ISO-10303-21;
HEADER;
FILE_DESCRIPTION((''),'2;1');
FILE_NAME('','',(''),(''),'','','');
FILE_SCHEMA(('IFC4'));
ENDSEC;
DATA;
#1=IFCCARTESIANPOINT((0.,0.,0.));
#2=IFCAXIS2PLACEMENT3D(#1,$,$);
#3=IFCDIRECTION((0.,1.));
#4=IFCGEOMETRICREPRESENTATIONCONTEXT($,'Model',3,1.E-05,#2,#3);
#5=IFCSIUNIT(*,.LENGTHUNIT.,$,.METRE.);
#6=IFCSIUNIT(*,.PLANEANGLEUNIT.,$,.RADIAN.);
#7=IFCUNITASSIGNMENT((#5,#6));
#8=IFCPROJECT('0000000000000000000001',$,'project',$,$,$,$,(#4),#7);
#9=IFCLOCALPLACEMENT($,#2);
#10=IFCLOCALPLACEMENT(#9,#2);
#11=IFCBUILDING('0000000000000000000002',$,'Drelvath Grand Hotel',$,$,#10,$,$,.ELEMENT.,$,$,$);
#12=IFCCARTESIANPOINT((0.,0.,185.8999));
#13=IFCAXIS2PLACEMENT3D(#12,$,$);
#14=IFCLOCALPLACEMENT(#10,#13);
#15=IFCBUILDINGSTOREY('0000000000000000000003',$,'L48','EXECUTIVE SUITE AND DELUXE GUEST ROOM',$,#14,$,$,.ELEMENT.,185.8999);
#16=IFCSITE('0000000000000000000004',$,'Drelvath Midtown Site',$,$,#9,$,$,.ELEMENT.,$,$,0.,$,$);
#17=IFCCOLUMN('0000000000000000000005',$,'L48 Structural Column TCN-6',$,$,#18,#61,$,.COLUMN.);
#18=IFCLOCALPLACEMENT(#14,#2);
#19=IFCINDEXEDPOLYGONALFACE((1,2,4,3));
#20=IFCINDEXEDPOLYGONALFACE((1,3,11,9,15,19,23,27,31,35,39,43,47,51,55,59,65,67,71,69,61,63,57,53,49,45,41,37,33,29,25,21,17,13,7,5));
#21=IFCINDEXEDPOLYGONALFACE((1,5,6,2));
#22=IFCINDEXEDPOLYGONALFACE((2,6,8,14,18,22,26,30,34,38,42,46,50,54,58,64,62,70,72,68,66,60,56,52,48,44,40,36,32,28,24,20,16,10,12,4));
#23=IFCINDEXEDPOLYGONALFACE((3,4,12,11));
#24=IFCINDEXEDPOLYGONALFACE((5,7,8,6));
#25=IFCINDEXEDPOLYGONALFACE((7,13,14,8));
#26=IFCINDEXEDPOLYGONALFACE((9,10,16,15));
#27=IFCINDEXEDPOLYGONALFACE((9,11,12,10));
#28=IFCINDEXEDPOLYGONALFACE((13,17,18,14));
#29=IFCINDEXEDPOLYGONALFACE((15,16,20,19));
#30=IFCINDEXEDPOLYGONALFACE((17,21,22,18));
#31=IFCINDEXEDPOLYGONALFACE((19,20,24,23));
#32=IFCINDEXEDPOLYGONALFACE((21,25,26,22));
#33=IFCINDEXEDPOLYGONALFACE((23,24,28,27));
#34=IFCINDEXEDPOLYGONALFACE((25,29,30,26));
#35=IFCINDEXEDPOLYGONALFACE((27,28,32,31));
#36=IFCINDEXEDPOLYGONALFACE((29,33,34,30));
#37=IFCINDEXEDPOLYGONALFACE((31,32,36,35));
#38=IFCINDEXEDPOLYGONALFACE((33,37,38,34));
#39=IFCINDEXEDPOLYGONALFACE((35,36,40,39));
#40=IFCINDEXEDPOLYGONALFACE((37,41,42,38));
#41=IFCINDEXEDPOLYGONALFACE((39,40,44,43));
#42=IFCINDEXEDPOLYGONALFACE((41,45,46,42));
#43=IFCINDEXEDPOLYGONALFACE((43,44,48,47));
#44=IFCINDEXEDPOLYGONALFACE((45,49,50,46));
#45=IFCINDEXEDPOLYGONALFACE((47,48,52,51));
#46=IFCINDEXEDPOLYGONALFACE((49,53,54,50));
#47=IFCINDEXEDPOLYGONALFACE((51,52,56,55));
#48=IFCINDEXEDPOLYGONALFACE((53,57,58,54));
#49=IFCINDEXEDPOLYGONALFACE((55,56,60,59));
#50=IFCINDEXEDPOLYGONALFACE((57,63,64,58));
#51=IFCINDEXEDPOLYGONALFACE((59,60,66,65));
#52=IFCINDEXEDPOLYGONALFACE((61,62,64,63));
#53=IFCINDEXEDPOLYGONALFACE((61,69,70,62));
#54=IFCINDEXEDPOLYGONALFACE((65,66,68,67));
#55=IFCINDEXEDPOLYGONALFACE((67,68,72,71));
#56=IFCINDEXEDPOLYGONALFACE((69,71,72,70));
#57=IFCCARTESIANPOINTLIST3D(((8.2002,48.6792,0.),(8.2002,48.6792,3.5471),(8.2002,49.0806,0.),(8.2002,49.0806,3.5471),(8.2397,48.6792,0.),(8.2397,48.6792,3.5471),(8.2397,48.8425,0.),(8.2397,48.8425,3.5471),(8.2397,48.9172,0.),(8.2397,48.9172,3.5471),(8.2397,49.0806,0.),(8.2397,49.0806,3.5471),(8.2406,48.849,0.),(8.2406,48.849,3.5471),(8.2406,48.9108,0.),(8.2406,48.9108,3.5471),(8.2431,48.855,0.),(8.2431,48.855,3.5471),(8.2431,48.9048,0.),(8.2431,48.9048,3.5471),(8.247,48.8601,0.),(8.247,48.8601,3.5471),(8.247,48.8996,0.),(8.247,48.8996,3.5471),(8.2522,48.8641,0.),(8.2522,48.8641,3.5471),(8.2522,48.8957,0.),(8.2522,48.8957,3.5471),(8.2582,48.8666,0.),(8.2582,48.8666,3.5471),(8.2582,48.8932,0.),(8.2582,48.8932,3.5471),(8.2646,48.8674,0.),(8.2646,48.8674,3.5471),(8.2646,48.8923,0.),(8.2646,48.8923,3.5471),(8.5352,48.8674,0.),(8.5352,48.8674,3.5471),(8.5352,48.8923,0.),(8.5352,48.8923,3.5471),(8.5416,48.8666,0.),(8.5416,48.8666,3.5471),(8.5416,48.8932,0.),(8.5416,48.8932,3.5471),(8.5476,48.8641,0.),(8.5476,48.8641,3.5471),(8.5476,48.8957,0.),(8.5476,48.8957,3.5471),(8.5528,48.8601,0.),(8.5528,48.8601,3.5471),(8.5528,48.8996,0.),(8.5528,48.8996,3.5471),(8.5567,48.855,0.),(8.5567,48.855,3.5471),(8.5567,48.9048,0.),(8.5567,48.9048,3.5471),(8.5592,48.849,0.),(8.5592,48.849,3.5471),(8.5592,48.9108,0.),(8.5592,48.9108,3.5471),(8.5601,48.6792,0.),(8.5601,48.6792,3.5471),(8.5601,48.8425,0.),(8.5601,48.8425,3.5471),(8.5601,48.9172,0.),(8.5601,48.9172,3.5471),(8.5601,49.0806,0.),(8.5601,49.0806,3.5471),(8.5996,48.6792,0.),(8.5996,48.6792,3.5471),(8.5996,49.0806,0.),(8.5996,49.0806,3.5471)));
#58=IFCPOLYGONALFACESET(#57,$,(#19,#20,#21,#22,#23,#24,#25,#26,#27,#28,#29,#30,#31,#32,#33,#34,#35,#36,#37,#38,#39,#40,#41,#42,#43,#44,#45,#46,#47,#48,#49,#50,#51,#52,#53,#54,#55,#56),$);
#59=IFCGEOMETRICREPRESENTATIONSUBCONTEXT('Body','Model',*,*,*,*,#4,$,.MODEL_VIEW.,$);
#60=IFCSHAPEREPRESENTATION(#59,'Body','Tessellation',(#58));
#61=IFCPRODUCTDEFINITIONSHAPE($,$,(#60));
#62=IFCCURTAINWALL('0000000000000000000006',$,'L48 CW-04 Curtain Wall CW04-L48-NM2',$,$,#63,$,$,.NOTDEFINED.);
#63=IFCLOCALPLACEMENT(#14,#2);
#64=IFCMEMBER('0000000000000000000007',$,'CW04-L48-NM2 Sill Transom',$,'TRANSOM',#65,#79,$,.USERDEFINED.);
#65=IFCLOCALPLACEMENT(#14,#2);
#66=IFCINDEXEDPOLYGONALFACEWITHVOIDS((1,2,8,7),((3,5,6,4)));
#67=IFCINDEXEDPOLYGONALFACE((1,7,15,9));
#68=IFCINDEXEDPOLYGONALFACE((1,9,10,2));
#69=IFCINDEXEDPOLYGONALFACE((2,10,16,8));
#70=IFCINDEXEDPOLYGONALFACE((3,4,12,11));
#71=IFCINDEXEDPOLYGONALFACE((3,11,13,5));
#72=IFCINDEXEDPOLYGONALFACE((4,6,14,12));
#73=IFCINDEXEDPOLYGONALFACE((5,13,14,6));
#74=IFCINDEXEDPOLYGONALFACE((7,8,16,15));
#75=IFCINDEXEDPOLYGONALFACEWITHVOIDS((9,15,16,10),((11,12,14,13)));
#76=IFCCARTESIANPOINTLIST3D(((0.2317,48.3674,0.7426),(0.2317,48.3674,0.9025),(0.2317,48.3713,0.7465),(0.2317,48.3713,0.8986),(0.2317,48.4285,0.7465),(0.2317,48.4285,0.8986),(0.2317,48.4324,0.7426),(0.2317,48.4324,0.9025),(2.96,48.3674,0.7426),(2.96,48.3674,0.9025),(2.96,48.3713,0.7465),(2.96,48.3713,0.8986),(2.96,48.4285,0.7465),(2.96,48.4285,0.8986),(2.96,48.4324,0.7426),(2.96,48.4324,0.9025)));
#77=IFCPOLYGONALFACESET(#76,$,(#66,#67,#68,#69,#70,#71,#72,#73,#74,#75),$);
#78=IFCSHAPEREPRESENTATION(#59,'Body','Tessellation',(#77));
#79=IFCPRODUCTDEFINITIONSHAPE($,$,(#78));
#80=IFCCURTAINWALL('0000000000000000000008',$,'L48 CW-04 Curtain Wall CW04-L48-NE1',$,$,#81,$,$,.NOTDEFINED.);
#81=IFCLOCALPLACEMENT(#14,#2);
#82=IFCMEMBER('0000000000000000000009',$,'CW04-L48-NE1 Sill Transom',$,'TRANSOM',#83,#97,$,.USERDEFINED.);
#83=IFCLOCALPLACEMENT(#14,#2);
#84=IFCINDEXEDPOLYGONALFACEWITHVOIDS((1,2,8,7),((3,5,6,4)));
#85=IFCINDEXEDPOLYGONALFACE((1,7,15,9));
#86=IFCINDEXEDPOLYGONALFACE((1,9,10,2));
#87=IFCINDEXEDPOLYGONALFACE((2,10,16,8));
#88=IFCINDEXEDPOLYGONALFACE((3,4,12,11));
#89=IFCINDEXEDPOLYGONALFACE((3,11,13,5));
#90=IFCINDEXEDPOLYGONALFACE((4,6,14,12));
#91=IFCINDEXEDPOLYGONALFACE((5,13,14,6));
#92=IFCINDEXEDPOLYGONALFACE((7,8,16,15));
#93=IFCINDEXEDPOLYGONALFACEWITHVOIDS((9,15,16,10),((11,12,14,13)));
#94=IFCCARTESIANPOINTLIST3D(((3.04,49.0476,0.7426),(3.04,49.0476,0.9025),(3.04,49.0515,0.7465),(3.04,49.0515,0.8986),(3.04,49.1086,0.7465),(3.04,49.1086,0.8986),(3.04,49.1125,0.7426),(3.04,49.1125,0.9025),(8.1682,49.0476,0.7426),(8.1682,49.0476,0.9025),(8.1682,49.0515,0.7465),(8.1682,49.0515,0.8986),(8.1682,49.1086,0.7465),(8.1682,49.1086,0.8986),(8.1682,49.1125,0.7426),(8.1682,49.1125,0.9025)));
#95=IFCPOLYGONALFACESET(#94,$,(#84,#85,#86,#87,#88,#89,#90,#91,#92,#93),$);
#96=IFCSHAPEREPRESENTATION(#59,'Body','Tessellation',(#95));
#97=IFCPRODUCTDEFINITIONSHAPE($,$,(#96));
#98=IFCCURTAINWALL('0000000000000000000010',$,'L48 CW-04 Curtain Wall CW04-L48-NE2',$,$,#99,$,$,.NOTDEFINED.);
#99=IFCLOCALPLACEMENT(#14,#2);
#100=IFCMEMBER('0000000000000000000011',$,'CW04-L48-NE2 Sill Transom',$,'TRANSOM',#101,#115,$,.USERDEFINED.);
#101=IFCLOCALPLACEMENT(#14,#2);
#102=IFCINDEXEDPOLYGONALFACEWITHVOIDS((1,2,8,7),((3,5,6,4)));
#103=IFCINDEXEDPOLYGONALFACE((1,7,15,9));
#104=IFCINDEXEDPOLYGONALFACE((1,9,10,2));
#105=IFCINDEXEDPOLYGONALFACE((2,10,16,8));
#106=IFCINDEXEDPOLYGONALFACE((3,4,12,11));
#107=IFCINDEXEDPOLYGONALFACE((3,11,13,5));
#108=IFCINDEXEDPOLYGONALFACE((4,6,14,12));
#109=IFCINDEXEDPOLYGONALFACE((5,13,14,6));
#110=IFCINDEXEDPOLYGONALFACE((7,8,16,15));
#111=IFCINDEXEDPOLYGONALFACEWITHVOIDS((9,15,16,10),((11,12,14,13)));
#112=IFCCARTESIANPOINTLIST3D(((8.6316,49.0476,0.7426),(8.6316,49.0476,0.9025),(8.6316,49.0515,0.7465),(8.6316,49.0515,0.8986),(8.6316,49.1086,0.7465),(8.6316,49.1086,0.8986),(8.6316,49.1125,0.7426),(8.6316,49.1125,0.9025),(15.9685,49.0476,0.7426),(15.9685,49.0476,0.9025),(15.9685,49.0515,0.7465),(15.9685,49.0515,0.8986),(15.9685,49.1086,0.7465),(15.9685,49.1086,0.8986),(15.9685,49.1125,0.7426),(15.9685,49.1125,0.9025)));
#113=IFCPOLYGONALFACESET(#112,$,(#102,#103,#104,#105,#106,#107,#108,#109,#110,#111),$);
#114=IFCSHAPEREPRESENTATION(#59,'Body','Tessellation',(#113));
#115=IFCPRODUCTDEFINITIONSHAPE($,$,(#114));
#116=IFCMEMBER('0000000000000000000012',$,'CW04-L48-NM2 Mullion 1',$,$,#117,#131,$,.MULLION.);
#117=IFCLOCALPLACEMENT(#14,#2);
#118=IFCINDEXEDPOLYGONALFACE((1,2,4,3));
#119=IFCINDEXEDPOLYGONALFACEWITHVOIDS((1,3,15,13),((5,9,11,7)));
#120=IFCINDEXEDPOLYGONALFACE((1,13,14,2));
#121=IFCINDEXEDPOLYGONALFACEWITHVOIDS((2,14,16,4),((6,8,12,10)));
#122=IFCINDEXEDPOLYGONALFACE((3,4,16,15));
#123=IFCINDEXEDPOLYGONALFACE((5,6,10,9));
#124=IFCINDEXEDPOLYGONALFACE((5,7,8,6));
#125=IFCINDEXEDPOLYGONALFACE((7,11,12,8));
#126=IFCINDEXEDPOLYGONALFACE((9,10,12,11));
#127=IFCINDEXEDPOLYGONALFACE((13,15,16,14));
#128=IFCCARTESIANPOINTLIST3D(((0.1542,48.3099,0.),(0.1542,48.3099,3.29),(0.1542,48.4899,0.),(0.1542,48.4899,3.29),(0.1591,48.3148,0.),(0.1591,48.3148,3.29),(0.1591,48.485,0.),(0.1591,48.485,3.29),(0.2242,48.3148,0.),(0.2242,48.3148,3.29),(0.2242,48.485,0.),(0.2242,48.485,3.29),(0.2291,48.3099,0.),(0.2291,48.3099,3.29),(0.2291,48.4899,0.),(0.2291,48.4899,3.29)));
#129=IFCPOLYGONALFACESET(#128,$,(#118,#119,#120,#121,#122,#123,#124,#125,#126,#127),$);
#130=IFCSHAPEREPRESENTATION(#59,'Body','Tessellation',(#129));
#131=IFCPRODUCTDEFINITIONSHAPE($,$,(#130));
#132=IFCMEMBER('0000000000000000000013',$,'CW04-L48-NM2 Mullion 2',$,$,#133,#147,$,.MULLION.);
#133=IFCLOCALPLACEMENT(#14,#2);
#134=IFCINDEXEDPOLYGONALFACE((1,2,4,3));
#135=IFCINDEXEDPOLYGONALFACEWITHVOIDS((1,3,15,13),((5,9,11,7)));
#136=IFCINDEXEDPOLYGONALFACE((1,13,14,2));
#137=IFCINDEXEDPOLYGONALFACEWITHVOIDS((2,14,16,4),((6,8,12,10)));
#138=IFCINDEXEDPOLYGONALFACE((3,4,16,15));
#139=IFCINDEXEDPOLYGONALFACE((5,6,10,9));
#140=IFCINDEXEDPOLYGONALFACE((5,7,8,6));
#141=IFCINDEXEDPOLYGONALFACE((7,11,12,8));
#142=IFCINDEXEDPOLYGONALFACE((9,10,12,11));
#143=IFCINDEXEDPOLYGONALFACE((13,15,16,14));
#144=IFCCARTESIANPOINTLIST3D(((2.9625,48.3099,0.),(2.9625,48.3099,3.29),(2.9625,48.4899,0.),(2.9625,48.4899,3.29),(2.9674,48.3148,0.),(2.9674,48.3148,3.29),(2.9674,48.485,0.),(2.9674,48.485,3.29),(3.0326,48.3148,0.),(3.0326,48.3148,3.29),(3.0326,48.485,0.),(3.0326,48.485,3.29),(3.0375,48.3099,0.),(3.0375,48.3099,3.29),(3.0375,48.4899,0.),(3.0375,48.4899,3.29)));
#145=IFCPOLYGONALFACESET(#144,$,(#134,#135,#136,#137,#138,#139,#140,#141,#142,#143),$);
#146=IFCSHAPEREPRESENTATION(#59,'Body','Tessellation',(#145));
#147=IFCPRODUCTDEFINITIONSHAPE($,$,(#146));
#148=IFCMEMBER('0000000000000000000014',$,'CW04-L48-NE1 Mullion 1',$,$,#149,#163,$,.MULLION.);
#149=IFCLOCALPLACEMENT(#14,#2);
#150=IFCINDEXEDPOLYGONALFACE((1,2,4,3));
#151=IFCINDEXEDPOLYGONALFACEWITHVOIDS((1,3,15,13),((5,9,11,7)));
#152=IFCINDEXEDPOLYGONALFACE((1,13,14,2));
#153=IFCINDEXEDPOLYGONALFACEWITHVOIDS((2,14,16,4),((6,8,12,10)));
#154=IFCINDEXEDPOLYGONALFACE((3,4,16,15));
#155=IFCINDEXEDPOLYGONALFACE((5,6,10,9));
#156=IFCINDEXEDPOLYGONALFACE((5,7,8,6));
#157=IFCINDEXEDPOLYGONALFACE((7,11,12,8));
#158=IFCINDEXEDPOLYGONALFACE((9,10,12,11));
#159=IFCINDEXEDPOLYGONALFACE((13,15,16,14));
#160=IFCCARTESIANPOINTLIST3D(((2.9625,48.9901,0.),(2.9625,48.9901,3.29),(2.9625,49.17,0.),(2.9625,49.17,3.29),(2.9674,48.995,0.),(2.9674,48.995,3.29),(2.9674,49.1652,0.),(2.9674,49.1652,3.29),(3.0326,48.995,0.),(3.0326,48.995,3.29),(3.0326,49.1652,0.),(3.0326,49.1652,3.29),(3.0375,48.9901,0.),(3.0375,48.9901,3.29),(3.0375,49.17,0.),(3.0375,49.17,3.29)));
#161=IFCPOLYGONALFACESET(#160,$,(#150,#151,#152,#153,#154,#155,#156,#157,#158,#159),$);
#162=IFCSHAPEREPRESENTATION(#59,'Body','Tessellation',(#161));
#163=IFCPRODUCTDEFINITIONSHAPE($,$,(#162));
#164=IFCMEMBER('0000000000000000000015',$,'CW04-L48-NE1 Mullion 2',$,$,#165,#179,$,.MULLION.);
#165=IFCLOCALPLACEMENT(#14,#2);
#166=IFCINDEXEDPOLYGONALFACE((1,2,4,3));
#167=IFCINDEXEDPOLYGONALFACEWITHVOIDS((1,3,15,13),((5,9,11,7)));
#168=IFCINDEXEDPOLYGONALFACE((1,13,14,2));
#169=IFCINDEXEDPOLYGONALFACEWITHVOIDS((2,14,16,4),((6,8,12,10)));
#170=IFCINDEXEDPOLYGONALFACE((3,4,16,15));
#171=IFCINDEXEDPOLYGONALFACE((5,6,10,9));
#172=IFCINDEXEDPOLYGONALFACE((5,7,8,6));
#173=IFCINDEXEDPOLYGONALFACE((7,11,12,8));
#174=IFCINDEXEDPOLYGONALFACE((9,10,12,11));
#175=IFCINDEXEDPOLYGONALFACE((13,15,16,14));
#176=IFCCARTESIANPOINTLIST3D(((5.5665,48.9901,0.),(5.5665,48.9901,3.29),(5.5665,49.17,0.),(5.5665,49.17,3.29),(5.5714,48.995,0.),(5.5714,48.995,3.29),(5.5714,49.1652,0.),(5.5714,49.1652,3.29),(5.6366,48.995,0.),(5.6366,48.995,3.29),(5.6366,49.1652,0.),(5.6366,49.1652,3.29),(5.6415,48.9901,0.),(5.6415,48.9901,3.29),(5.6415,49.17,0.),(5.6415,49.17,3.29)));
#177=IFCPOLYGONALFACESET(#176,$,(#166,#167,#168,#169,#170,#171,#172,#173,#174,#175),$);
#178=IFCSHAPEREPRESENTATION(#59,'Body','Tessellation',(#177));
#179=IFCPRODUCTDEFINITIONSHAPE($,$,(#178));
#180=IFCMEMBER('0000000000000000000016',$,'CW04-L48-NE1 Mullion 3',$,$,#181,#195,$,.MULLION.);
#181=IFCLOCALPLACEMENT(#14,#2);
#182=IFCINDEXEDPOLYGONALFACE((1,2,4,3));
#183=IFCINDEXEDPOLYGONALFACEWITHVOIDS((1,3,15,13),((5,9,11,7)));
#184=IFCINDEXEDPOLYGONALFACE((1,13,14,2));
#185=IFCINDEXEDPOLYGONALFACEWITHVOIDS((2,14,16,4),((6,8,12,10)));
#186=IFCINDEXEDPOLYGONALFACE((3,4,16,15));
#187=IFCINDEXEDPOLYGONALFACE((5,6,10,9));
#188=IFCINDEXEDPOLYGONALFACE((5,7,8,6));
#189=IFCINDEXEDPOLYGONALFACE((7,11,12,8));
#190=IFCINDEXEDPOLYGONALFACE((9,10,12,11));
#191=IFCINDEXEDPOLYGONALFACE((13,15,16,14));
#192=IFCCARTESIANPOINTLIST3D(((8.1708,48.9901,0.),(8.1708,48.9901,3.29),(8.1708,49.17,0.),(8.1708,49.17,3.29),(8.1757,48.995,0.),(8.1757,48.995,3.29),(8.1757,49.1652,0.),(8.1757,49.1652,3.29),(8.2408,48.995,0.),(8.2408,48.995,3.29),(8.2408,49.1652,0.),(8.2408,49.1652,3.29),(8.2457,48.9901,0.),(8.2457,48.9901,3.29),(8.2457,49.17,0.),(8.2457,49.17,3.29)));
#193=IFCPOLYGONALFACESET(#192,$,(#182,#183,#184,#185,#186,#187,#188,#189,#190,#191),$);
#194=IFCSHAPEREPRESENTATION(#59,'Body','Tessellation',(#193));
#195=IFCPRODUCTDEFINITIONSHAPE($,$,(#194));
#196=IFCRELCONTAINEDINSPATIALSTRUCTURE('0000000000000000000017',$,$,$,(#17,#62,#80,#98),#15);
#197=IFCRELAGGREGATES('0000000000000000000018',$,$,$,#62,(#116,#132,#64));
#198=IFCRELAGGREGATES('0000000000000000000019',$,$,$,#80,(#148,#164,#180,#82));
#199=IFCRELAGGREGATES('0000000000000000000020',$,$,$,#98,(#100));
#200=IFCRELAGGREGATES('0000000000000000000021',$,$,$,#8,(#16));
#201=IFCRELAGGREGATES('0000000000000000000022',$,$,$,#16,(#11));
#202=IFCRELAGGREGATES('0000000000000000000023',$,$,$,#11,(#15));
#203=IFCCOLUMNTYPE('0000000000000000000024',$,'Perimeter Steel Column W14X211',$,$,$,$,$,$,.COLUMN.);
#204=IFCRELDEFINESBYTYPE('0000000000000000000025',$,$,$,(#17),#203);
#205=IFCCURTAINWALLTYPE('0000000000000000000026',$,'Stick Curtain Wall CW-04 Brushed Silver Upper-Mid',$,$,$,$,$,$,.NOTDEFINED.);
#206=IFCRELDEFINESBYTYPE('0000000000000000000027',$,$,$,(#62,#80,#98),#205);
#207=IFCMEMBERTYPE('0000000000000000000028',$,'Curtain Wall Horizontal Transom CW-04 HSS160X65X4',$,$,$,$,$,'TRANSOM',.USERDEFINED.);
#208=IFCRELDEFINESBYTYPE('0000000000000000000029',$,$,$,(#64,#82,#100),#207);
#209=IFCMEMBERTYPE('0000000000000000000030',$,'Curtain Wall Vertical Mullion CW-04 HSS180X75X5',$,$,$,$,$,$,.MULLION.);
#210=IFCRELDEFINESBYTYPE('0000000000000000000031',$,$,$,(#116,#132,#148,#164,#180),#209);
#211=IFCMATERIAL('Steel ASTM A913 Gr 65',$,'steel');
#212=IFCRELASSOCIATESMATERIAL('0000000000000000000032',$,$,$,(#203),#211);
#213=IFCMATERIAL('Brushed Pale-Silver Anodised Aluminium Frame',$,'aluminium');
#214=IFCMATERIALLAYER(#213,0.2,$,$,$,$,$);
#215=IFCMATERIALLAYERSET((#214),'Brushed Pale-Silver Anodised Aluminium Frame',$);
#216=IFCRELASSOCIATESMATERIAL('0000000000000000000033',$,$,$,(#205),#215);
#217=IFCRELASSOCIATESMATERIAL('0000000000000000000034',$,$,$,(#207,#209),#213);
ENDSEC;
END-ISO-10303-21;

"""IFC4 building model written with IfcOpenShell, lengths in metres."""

from ifc_helpers import new_model, si_unit, direction, frame, origin, origin_2d, place, context, subcontext, project, spatial, hollow_rectangle, i_section, extrude, material, layer, layer_set, material_profile, profile_set, type_object, element, aggregate, save


model = new_model("IFC4")

# Units and contexts
model_context = context("Model", 3, precision=1e-05, world=origin(), true_north=direction((0.0, 1.0)))
body_context = subcontext(model_context, "Body", "Model", "MODEL_VIEW")
ifc_project = project(units=[si_unit("LENGTHUNIT", "METRE"), si_unit("PLANEANGLEUNIT", "RADIAN")], contexts=[model_context])

# Site, building, storey
site_placement = place(None, origin())
site = spatial("IfcSite", under=ifc_project, at=site_placement, Name="Drelvath Midtown Site", CompositionType="ELEMENT", RefElevation=0.0)
building_placement = place(site_placement, origin())
building = spatial("IfcBuilding", under=site, at=building_placement, Name="Drelvath Grand Hotel", CompositionType="ELEMENT")
storey_placement = place(building_placement, frame((0.0, 0.0, 185.8999)))
storey = spatial("IfcBuildingStorey", under=building, at=storey_placement, Name="L48", Description="EXECUTIVE SUITE AND DELUXE GUEST ROOM", CompositionType="ELEMENT", Elevation=185.8999)

# Column
ifc_material_1 = material(Name="Steel ASTM A913 Gr 65", Category="steel")
ifc_material_profile_1 = material_profile(ifc_material_1, i_section(OverallWidth=0.4014, OverallDepth=0.3994, WebThickness=0.0249, FlangeThickness=0.0396, FilletRadius=0.0249, at=origin_2d()), Name="W14X211")
ifc_profile_set_1 = profile_set([ifc_material_profile_1], Name="Steel ASTM A913 Gr 65")
column_type = type_object("IfcColumnType", Name="Perimeter Steel Column W14X211", PredefinedType="COLUMN", material=ifc_profile_set_1)
column_placement = place(storey_placement, frame((8.3999, 48.8799, 0.0), z_axis=(0.0, 0.0, 1.0), x_axis=(0.0, 1.0, 0.0)))
element("IfcColumn", 1, at=column_placement, inside=storey, type_object=column_type, Name="L48 Structural Column TCN-6", PredefinedType="COLUMN", context=body_context, shape_type="SweptSolid", body=[
    extrude(i_section(OverallWidth=0.4014, OverallDepth=0.3994, WebThickness=0.0249, FlangeThickness=0.0396, FilletRadius=0.0249, at=origin_2d()), origin(), (0.0, 0.0, 1.0), 3.5471),
])

# Curtain walls, members
ifc_material_2 = material(Name="Brushed Pale-Silver Anodised Aluminium Frame", Category="aluminium")
ifc_layer_1 = layer(ifc_material_2, 0.2)
ifc_layer_set_1 = layer_set([ifc_layer_1], Name="Brushed Pale-Silver Anodised Aluminium Frame")
curtain_wall_type = type_object("IfcCurtainWallType", Name="Stick Curtain Wall CW-04 Brushed Silver Upper-Mid", PredefinedType="NOTDEFINED", material=ifc_layer_set_1)
curtain_wall_1_placement = place(storey_placement, origin())
curtain_wall_1 = element("IfcCurtainWall", 2, at=curtain_wall_1_placement, inside=storey, type_object=curtain_wall_type, Name="L48 CW-04 Curtain Wall CW04-L48-NM2", PredefinedType="NOTDEFINED")
ifc_material_profile_2 = material_profile(ifc_material_2, hollow_rectangle(XDim=0.0649, YDim=0.1599, WallThickness=0.0039, at=origin_2d()), Name="HSS160X65X4")
ifc_profile_set_2 = profile_set([ifc_material_profile_2], Name="Brushed Pale-Silver Anodised Aluminium Frame")
member_type_1 = type_object("IfcMemberType", Name="Curtain Wall Horizontal Transom CW-04 HSS160X65X4", ElementType="TRANSOM", PredefinedType="USERDEFINED", material=ifc_profile_set_2)
member_1_placement = place(storey_placement, frame((0.2317, 48.3999, 0.8225), z_axis=(1.0, 0.0, 0.0), x_axis=(0.0, 1.0, 0.0)))
member_1 = element("IfcMember", 3, at=member_1_placement, type_object=member_type_1, Name="CW04-L48-NM2 Sill Transom", ObjectType="TRANSOM", PredefinedType="USERDEFINED", context=body_context, shape_type="SweptSolid", body=[
    extrude(hollow_rectangle(XDim=0.0649, YDim=0.1599, WallThickness=0.0039, at=origin_2d()), origin(), (0.0, 0.0, 1.0), 2.7283),
])
curtain_wall_2_placement = place(storey_placement, origin())
curtain_wall_2 = element("IfcCurtainWall", 4, at=curtain_wall_2_placement, inside=storey, type_object=curtain_wall_type, Name="L48 CW-04 Curtain Wall CW04-L48-NE1", PredefinedType="NOTDEFINED")
member_2_placement = place(storey_placement, frame((3.04, 49.0801, 0.8225), z_axis=(1.0, 0.0, 0.0), x_axis=(0.0, 1.0, 0.0)))
member_2 = element("IfcMember", 5, at=member_2_placement, type_object=member_type_1, Name="CW04-L48-NE1 Sill Transom", ObjectType="TRANSOM", PredefinedType="USERDEFINED", context=body_context, shape_type="SweptSolid", body=[
    extrude(hollow_rectangle(XDim=0.0649, YDim=0.1599, WallThickness=0.0039, at=origin_2d()), origin(), (0.0, 0.0, 1.0), 5.1282),
])
curtain_wall_3_placement = place(storey_placement, origin())
curtain_wall_3 = element("IfcCurtainWall", 6, at=curtain_wall_3_placement, inside=storey, type_object=curtain_wall_type, Name="L48 CW-04 Curtain Wall CW04-L48-NE2", PredefinedType="NOTDEFINED")
member_3_placement = place(storey_placement, frame((8.6316, 49.0801, 0.8225), z_axis=(1.0, 0.0, 0.0), x_axis=(0.0, 1.0, 0.0)))
member_3 = element("IfcMember", 7, at=member_3_placement, type_object=member_type_1, Name="CW04-L48-NE2 Sill Transom", ObjectType="TRANSOM", PredefinedType="USERDEFINED", context=body_context, shape_type="SweptSolid", body=[
    extrude(hollow_rectangle(XDim=0.0649, YDim=0.1599, WallThickness=0.0039, at=origin_2d()), origin(), (0.0, 0.0, 1.0), 7.3369),
])

# Members
ifc_material_profile_3 = material_profile(ifc_material_2, hollow_rectangle(XDim=0.075, YDim=0.1799, WallThickness=0.0049, at=origin_2d()), Name="HSS180X75X5")
ifc_profile_set_3 = profile_set([ifc_material_profile_3], Name="Brushed Pale-Silver Anodised Aluminium Frame")
member_type_2 = type_object("IfcMemberType", Name="Curtain Wall Vertical Mullion CW-04 HSS180X75X5", PredefinedType="MULLION", material=ifc_profile_set_3)
member_4_placement = place(storey_placement, frame((0.1917, 48.3999, 0.0), z_axis=(0.0, 0.0, 1.0), x_axis=(1.0, 0.0, 0.0)))
member_4 = element("IfcMember", 8, at=member_4_placement, type_object=member_type_2, Name="CW04-L48-NM2 Mullion 1", PredefinedType="MULLION", context=body_context, shape_type="SweptSolid", body=[
    extrude(hollow_rectangle(XDim=0.075, YDim=0.1799, WallThickness=0.0049, at=origin_2d()), origin(), (0.0, 0.0, 1.0), 3.29),
])
member_5_placement = place(storey_placement, frame((3.0, 48.3999, 0.0), z_axis=(0.0, 0.0, 1.0), x_axis=(1.0, 0.0, 0.0)))
member_5 = element("IfcMember", 9, at=member_5_placement, type_object=member_type_2, Name="CW04-L48-NM2 Mullion 2", PredefinedType="MULLION", context=body_context, shape_type="SweptSolid", body=[
    extrude(hollow_rectangle(XDim=0.075, YDim=0.1799, WallThickness=0.0049, at=origin_2d()), origin(), (0.0, 0.0, 1.0), 3.29),
])
member_6_placement = place(storey_placement, frame((3.0, 49.0801, 0.0), z_axis=(0.0, 0.0, 1.0), x_axis=(1.0, 0.0, 0.0)))
member_6 = element("IfcMember", 10, at=member_6_placement, type_object=member_type_2, Name="CW04-L48-NE1 Mullion 1", PredefinedType="MULLION", context=body_context, shape_type="SweptSolid", body=[
    extrude(hollow_rectangle(XDim=0.075, YDim=0.1799, WallThickness=0.0049, at=origin_2d()), origin(), (0.0, 0.0, 1.0), 3.29),
])
member_7_placement = place(storey_placement, frame((5.604, 49.0801, 0.0), z_axis=(0.0, 0.0, 1.0), x_axis=(1.0, 0.0, 0.0)))
member_7 = element("IfcMember", 11, at=member_7_placement, type_object=member_type_2, Name="CW04-L48-NE1 Mullion 2", PredefinedType="MULLION", context=body_context, shape_type="SweptSolid", body=[
    extrude(hollow_rectangle(XDim=0.075, YDim=0.1799, WallThickness=0.0049, at=origin_2d()), origin(), (0.0, 0.0, 1.0), 3.29),
])
member_8_placement = place(storey_placement, frame((8.2083, 49.0801, 0.0), z_axis=(0.0, 0.0, 1.0), x_axis=(1.0, 0.0, 0.0)))
member_8 = element("IfcMember", 12, at=member_8_placement, type_object=member_type_2, Name="CW04-L48-NE1 Mullion 3", PredefinedType="MULLION", context=body_context, shape_type="SweptSolid", body=[
    extrude(hollow_rectangle(XDim=0.075, YDim=0.1799, WallThickness=0.0049, at=origin_2d()), origin(), (0.0, 0.0, 1.0), 3.29),
])

aggregate(curtain_wall_1, [member_4, member_5, member_1])
aggregate(curtain_wall_2, [member_6, member_7, member_8, member_2])
aggregate(curtain_wall_3, [member_3])

save(model, "model.ifc")
